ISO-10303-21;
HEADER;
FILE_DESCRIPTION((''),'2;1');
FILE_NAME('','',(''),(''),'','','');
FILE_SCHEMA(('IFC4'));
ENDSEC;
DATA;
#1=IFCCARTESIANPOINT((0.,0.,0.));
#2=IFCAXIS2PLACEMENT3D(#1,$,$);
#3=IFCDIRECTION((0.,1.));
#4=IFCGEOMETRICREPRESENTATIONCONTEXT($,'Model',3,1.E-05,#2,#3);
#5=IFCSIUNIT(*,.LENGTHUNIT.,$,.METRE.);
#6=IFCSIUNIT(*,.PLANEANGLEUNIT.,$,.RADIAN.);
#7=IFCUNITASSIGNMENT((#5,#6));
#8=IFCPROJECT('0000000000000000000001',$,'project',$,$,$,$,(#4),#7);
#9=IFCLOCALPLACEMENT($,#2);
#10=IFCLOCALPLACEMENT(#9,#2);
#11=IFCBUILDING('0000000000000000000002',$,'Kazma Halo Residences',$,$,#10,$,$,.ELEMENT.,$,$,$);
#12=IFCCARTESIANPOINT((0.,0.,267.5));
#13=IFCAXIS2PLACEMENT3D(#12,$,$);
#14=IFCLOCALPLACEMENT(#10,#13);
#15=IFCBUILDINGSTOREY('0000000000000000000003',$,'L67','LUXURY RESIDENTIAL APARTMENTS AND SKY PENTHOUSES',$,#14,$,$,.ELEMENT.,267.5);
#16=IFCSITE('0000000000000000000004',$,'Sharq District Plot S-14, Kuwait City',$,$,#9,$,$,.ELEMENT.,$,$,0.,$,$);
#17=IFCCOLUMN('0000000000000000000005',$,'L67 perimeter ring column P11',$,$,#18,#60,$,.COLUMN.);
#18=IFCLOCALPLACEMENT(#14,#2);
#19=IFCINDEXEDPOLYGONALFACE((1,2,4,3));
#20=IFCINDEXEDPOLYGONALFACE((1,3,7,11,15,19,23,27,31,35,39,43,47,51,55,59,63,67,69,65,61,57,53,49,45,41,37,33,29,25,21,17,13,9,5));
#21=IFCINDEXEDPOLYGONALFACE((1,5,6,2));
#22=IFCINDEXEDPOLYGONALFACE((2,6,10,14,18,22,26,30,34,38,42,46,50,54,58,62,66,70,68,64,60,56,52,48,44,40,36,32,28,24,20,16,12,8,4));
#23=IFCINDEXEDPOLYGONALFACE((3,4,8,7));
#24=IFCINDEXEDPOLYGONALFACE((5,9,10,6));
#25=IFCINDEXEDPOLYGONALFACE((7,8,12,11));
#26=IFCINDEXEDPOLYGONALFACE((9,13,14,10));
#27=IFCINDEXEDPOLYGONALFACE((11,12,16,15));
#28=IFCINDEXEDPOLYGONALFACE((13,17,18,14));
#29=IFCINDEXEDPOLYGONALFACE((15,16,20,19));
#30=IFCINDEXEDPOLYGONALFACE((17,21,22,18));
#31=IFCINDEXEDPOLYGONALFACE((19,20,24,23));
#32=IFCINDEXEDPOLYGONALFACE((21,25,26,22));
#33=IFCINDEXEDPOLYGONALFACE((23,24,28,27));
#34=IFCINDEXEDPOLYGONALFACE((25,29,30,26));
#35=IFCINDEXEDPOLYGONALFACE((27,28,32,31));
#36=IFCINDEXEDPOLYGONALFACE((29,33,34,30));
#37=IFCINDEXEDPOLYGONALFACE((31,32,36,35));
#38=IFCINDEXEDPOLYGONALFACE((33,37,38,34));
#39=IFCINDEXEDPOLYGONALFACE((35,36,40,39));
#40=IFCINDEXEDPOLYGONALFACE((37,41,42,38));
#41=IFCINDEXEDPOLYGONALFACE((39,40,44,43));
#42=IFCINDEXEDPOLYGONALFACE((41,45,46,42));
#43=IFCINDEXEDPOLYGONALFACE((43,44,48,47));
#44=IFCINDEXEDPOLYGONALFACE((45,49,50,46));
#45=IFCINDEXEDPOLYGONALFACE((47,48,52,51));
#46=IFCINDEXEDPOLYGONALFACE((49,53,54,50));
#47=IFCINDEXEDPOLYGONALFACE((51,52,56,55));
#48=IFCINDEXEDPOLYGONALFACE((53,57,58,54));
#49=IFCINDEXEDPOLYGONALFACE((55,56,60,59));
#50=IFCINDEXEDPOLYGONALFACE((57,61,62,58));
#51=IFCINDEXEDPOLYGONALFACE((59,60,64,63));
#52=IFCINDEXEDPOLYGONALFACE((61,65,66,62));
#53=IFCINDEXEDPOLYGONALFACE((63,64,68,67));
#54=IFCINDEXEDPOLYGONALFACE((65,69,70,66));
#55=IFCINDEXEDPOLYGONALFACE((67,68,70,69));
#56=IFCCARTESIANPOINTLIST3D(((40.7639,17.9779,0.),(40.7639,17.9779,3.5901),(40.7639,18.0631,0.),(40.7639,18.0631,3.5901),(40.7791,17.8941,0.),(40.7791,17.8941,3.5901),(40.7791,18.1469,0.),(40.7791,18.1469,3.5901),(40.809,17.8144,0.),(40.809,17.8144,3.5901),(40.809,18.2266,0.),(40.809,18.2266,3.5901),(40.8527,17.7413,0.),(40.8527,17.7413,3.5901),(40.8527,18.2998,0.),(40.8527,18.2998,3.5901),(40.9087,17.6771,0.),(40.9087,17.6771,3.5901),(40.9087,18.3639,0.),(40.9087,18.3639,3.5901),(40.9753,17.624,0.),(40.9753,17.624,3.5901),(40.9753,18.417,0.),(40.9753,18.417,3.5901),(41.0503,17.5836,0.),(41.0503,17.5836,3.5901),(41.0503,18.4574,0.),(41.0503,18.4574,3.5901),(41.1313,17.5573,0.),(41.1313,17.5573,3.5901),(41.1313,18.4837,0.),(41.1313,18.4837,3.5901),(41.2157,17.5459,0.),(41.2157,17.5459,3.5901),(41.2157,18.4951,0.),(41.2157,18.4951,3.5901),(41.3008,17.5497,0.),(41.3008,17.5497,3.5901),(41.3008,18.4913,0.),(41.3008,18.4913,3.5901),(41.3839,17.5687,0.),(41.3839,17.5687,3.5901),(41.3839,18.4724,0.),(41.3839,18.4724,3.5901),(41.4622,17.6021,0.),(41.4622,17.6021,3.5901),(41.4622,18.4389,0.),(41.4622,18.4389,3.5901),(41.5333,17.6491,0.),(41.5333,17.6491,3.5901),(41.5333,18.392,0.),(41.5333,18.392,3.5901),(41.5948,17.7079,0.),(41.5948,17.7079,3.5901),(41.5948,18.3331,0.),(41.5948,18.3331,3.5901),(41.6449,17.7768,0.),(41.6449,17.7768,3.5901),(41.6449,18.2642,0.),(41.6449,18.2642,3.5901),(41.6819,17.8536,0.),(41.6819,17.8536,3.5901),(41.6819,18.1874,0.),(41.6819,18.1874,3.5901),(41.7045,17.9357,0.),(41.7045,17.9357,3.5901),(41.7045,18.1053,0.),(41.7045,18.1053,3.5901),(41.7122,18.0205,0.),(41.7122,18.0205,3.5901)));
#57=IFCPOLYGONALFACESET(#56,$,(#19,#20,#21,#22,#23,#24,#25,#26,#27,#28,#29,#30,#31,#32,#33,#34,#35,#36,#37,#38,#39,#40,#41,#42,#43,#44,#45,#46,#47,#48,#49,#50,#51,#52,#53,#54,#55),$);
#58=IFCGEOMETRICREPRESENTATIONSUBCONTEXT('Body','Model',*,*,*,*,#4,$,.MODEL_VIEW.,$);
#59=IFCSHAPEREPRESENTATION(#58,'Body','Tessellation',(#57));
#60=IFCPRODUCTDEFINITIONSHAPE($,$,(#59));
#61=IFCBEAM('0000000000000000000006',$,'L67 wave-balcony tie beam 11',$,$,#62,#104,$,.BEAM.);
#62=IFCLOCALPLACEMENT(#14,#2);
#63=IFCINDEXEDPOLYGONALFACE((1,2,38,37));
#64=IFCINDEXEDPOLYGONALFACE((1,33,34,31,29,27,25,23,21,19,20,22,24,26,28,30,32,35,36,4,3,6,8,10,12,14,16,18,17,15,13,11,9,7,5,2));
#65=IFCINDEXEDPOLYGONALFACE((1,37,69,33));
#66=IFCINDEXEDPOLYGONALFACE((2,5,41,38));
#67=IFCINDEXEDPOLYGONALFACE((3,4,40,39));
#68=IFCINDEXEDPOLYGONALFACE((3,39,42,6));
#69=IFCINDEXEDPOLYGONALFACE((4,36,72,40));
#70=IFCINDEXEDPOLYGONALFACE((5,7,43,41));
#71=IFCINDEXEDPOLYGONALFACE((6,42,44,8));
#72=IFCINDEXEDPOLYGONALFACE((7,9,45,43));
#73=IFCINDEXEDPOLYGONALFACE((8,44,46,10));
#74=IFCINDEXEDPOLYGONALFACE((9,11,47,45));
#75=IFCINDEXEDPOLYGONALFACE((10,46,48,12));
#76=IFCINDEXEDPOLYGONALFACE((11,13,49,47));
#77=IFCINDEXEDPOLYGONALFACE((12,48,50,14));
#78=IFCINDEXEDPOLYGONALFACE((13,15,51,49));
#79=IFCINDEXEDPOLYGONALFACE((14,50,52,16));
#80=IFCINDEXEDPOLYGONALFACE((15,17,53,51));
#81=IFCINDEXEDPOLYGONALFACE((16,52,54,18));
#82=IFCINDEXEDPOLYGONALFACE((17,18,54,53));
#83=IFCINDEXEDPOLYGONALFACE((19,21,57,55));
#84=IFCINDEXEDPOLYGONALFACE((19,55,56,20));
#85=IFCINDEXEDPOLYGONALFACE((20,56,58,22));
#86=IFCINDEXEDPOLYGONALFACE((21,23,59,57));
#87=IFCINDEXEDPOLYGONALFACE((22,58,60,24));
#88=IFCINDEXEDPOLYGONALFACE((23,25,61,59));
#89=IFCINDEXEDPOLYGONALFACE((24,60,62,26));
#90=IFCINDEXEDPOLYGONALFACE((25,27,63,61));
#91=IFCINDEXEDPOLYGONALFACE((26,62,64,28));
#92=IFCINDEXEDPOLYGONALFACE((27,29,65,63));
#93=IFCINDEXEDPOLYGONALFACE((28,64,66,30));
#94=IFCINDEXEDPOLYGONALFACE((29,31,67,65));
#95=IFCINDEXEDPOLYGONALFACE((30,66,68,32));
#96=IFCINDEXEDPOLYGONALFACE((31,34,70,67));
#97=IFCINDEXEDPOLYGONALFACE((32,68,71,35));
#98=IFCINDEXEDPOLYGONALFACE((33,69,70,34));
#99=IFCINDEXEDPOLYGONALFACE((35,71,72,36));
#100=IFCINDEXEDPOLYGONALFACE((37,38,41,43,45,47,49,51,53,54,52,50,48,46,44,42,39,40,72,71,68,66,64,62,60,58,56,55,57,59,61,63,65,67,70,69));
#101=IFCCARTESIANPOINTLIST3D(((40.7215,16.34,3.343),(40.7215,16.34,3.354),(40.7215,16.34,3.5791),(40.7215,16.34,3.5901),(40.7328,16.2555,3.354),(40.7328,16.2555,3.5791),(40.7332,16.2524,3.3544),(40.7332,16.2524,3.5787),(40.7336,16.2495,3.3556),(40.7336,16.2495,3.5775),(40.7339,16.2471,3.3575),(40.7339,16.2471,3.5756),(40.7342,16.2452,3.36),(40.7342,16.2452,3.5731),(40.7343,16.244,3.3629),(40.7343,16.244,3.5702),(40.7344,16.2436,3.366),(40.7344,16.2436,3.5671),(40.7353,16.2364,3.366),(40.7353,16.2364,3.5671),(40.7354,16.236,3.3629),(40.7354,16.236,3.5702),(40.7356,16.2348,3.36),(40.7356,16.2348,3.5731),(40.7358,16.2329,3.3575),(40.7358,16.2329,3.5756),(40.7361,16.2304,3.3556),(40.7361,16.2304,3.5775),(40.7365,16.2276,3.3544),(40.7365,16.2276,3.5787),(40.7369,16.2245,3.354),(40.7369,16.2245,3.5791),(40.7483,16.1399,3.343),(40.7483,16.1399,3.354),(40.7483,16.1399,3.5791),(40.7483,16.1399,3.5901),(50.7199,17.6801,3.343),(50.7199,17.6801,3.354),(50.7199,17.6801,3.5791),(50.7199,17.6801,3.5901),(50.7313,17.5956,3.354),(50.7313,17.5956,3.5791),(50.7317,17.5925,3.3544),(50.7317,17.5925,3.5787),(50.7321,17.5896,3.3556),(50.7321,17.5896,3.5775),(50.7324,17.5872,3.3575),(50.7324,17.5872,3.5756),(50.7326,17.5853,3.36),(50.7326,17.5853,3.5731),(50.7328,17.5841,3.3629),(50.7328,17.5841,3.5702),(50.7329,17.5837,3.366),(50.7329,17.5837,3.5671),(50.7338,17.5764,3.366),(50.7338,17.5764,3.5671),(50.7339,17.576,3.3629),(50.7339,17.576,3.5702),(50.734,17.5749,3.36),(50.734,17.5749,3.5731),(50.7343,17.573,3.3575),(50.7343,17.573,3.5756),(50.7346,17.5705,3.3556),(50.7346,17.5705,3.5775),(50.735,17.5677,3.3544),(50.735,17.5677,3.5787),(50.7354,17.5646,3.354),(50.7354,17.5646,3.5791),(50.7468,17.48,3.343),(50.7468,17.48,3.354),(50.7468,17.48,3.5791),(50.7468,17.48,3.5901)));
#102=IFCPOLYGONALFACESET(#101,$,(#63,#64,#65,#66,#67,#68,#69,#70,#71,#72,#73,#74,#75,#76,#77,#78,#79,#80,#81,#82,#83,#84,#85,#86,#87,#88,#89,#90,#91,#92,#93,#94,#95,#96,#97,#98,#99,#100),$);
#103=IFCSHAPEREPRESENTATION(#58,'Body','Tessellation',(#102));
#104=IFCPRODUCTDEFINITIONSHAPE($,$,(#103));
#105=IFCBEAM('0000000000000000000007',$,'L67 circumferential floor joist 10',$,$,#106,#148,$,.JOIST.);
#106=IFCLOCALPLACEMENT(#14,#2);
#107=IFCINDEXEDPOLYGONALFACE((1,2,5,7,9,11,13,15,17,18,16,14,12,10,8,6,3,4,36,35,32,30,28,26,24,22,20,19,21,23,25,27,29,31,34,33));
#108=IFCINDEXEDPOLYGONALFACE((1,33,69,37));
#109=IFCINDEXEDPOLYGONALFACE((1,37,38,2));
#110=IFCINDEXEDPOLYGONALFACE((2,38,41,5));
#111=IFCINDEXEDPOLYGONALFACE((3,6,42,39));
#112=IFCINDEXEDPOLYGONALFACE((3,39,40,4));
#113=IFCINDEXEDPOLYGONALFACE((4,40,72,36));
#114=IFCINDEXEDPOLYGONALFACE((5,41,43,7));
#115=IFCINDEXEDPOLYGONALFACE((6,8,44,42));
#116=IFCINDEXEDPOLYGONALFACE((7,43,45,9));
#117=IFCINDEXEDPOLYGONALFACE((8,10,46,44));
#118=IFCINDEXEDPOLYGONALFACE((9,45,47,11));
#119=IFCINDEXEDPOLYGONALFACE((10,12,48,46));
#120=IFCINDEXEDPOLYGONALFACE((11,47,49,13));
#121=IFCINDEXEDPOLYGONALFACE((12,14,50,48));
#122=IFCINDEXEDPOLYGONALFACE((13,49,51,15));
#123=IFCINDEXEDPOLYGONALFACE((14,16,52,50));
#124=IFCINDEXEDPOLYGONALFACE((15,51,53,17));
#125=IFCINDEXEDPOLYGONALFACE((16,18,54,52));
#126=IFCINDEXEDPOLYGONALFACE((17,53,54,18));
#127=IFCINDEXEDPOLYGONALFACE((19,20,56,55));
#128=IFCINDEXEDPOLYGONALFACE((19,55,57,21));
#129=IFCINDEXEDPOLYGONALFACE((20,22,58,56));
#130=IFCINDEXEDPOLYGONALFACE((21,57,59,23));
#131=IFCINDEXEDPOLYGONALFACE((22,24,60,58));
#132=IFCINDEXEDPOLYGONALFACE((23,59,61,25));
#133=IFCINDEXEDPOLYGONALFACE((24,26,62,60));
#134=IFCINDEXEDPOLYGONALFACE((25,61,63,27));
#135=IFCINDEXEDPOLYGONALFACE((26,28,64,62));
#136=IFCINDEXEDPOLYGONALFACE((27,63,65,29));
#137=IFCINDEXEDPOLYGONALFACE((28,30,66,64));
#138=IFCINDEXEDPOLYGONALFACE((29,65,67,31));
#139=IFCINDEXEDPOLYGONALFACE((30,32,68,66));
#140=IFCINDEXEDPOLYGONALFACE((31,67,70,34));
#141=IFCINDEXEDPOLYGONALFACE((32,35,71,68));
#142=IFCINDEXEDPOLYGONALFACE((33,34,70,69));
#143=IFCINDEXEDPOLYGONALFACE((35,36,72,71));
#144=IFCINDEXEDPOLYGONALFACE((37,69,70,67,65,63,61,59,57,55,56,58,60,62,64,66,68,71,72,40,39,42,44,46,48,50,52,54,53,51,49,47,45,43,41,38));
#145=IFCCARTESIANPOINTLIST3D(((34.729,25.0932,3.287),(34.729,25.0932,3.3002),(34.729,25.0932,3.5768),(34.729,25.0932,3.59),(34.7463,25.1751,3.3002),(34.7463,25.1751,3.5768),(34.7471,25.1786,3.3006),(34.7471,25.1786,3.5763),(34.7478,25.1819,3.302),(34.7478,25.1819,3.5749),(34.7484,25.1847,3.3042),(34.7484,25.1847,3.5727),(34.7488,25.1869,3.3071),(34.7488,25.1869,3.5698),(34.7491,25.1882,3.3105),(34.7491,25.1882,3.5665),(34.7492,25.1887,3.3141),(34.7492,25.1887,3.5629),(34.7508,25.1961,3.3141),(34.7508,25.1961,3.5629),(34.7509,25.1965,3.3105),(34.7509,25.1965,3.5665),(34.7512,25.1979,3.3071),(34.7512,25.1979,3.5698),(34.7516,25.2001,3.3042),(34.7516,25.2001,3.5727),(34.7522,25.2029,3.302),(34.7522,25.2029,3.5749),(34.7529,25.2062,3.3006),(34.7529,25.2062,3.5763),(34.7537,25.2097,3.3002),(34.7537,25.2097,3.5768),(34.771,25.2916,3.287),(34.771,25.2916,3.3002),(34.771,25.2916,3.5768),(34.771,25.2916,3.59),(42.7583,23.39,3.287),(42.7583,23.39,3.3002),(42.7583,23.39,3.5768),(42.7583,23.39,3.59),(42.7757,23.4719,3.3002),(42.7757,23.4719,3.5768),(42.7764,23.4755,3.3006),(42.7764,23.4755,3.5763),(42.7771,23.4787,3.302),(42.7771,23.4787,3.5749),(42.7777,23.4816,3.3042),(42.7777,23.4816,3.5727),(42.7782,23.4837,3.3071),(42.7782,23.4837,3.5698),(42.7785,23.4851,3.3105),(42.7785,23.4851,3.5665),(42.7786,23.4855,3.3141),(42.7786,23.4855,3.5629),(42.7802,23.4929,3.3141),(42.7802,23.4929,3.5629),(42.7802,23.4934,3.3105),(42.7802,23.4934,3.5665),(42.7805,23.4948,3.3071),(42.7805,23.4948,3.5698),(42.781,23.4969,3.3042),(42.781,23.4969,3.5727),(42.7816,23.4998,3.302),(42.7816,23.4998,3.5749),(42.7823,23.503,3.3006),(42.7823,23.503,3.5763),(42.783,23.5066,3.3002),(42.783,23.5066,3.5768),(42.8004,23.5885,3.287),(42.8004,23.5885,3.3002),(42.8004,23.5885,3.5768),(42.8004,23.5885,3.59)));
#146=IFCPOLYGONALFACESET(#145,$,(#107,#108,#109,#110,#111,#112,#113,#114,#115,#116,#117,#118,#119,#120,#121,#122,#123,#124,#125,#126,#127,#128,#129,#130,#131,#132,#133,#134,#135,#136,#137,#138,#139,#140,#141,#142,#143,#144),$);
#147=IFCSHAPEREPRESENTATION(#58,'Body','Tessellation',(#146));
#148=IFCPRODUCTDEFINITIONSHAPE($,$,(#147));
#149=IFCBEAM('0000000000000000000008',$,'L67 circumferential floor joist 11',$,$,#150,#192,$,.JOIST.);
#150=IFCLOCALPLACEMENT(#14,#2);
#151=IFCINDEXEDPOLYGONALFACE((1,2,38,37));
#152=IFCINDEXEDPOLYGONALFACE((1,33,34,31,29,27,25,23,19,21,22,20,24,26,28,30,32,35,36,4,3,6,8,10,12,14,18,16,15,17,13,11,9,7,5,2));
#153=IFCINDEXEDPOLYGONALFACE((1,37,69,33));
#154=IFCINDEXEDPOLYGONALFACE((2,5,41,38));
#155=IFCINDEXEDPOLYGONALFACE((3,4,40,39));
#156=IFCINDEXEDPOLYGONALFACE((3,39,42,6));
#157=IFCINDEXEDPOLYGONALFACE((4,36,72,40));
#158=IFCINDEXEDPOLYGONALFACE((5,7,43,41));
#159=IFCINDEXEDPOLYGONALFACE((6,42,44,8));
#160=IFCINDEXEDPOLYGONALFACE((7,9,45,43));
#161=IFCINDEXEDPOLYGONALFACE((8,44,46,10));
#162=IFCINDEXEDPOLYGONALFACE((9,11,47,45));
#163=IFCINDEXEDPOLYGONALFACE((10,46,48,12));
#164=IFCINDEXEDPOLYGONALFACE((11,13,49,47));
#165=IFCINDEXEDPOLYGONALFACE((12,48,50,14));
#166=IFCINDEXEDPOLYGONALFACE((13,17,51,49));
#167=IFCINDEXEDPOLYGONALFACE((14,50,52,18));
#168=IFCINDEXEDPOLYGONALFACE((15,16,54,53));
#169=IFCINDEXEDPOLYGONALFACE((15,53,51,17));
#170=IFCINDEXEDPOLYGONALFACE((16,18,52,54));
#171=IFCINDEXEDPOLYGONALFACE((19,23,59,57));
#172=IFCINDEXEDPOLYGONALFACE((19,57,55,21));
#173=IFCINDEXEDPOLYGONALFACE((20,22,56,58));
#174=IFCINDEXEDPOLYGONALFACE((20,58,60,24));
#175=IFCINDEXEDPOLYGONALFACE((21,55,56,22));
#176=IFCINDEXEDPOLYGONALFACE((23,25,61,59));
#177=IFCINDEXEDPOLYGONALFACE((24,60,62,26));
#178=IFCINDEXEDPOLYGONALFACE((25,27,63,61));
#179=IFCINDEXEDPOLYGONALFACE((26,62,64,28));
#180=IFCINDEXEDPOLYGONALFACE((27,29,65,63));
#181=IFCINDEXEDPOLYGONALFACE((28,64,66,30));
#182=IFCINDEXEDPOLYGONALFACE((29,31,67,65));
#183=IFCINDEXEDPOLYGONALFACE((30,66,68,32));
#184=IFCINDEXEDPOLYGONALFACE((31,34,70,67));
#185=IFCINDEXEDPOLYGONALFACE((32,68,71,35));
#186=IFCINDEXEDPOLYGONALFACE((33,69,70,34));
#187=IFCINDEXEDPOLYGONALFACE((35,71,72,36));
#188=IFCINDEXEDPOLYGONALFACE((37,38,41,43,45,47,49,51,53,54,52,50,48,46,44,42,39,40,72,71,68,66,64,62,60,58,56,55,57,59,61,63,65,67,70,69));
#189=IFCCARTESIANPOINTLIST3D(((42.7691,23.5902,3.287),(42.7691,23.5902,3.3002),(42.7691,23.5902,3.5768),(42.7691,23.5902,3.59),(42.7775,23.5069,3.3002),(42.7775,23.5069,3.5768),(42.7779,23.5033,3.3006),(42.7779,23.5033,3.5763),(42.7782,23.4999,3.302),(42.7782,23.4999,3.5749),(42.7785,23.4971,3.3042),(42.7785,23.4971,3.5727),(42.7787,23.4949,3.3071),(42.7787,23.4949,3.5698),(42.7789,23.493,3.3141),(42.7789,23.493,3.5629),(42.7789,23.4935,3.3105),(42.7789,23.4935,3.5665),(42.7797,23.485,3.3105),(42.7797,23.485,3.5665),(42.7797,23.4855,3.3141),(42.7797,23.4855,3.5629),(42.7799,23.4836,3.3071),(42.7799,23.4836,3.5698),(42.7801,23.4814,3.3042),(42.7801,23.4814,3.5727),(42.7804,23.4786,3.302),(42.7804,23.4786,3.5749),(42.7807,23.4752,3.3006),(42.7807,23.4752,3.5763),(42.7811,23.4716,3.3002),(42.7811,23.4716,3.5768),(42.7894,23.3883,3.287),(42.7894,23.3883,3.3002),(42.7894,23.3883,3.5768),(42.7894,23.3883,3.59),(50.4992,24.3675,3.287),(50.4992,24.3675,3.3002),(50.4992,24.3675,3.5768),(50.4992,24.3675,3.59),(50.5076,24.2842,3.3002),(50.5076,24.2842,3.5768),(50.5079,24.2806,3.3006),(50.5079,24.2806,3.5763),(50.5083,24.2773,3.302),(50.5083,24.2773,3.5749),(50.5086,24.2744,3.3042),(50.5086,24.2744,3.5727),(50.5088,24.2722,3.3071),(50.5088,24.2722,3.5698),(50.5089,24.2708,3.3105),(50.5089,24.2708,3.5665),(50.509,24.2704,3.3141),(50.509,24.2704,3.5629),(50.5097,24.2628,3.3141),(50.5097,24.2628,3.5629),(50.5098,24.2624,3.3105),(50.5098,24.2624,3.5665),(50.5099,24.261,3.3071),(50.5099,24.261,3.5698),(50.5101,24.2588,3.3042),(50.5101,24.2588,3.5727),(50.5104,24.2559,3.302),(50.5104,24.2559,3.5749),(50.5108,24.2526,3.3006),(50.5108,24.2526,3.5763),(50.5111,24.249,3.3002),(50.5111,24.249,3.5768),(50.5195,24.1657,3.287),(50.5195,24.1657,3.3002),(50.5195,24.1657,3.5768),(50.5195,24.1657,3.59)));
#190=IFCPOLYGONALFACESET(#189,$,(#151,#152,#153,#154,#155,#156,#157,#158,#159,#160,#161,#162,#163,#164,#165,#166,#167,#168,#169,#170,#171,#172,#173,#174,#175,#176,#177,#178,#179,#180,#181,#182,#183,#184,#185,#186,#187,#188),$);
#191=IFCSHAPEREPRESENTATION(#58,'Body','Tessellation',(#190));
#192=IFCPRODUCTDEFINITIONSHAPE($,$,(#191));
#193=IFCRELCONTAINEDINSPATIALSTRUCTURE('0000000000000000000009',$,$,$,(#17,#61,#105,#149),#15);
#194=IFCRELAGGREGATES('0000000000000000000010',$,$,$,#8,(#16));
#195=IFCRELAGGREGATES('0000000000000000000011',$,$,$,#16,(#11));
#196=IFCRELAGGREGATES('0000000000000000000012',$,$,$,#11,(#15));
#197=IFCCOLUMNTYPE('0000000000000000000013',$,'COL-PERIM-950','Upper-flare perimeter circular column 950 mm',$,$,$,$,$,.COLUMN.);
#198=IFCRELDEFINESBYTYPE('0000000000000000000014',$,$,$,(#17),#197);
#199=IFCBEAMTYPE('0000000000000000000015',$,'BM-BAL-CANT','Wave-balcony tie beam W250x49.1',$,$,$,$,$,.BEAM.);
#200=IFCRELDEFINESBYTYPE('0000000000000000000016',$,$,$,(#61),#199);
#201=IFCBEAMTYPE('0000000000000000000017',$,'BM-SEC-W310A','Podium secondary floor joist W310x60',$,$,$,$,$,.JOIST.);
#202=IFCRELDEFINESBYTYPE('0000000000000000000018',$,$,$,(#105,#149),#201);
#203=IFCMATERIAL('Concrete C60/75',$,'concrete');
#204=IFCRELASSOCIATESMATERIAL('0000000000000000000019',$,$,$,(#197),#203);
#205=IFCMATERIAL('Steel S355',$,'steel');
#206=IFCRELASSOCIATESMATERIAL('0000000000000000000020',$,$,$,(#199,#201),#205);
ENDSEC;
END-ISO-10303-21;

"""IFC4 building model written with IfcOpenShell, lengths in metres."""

from ifc_helpers import new_model, si_unit, direction, frame, origin, origin_2d, place, context, subcontext, project, spatial, circle, i_section, extrude, material, material_profile, profile_set, type_object, element, save


model = new_model("IFC4")

# Units and contexts
model_context = context("Model", 3, precision=1e-05, world=origin(), true_north=direction((0.0, 1.0)))
body_context = subcontext(model_context, "Body", "Model", "MODEL_VIEW")
ifc_project = project(units=[si_unit("LENGTHUNIT", "METRE"), si_unit("PLANEANGLEUNIT", "RADIAN")], contexts=[model_context])

# Site, building, storey
site_placement = place(None, origin())
site = spatial("IfcSite", under=ifc_project, at=site_placement, Name="Sharq District Plot S-14, Kuwait City", CompositionType="ELEMENT", RefElevation=0.0)
building_placement = place(site_placement, origin())
building = spatial("IfcBuilding", under=site, at=building_placement, Name="Kazma Halo Residences", CompositionType="ELEMENT")
storey_placement = place(building_placement, frame((0.0, 0.0, 267.5)))
storey = spatial("IfcBuildingStorey", under=building, at=storey_placement, Name="L67", Description="LUXURY RESIDENTIAL APARTMENTS AND SKY PENTHOUSES", CompositionType="ELEMENT", Elevation=267.5)

# Column
ifc_material_1 = material(Name="Concrete C60/75", Category="concrete")
ifc_material_profile_1 = material_profile(ifc_material_1, circle(Radius=0.4751, at=origin_2d()), Name="CIRC950")
ifc_profile_set_1 = profile_set([ifc_material_profile_1], Name="Concrete C60/75")
column_type = type_object("IfcColumnType", Name="COL-PERIM-950", Description="Upper-flare perimeter circular column 950 mm", PredefinedType="COLUMN", material=ifc_profile_set_1)
column_placement = place(storey_placement, frame((41.2371, 18.0205, 0.0), z_axis=(0.0, 0.0, 1.0), x_axis=(1.0, 0.0, 0.0)))
element("IfcColumn", 1, at=column_placement, inside=storey, type_object=column_type, Name="L67 perimeter ring column P11", PredefinedType="COLUMN", context=body_context, shape_type="SweptSolid", body=[
    extrude(circle(Radius=0.4751, at=origin_2d()), origin(), (0.0, 0.0, 1.0), 3.5901),
])

# Beams
ifc_material_2 = material(Name="Steel S355", Category="steel")
ifc_material_profile_2 = material_profile(ifc_material_2, i_section(OverallWidth=0.2019, OverallDepth=0.2471, WebThickness=0.0073, FlangeThickness=0.011, FilletRadius=0.012, at=origin_2d()), Name="W250x49.1")
ifc_profile_set_2 = profile_set([ifc_material_profile_2], Name="Steel S355")
beam_type_1 = type_object("IfcBeamType", Name="BM-BAL-CANT", Description="Wave-balcony tie beam W250x49.1", PredefinedType="BEAM", material=ifc_profile_set_2)
beam_1_placement = place(storey_placement, frame((40.7349, 16.24, 3.4666), z_axis=(0.991137, 0.132841, 0.0), x_axis=(-0.132841, 0.991137, 0.0)))
element("IfcBeam", 2, at=beam_1_placement, inside=storey, type_object=beam_type_1, Name="L67 wave-balcony tie beam 11", PredefinedType="BEAM", context=body_context, shape_type="SweptSolid", body=[
    extrude(i_section(OverallWidth=0.2019, OverallDepth=0.2471, WebThickness=0.0073, FlangeThickness=0.011, FilletRadius=0.012, at=origin_2d()), origin(), (0.0, 0.0, 1.0), 10.0879),
])
ifc_material_profile_3 = material_profile(ifc_material_2, i_section(OverallWidth=0.2029, OverallDepth=0.303, WebThickness=0.0076, FlangeThickness=0.0132, FilletRadius=0.0139, at=origin_2d()), Name="W310x60")
ifc_profile_set_3 = profile_set([ifc_material_profile_3], Name="Steel S355")
beam_type_2 = type_object("IfcBeamType", Name="BM-SEC-W310A", Description="Podium secondary floor joist W310x60", PredefinedType="JOIST", material=ifc_profile_set_3)
beam_2_placement = place(storey_placement, frame((34.75, 25.1924, 3.4385), z_axis=(0.978236, -0.207497, 0.0), x_axis=(0.207497, 0.978236, 0.0)))
element("IfcBeam", 3, at=beam_2_placement, inside=storey, type_object=beam_type_2, Name="L67 circumferential floor joist 10", PredefinedType="JOIST", context=body_context, shape_type="SweptSolid", body=[
    extrude(i_section(OverallWidth=0.2029, OverallDepth=0.303, WebThickness=0.0076, FlangeThickness=0.0132, FilletRadius=0.0139, at=origin_2d()), origin(), (0.0, 0.0, 1.0), 8.208),
])
beam_3_placement = place(storey_placement, frame((42.7793, 23.4893, 3.4385), z_axis=(0.994982, 0.100058, 0.0), x_axis=(-0.100058, 0.994982, 0.0)))
element("IfcBeam", 4, at=beam_3_placement, inside=storey, type_object=beam_type_2, Name="L67 circumferential floor joist 11", PredefinedType="JOIST", context=body_context, shape_type="SweptSolid", body=[
    extrude(i_section(OverallWidth=0.2029, OverallDepth=0.303, WebThickness=0.0076, FlangeThickness=0.0132, FilletRadius=0.0139, at=origin_2d()), origin(), (0.0, 0.0, 1.0), 7.769),
])

save(model, "model.ifc")
